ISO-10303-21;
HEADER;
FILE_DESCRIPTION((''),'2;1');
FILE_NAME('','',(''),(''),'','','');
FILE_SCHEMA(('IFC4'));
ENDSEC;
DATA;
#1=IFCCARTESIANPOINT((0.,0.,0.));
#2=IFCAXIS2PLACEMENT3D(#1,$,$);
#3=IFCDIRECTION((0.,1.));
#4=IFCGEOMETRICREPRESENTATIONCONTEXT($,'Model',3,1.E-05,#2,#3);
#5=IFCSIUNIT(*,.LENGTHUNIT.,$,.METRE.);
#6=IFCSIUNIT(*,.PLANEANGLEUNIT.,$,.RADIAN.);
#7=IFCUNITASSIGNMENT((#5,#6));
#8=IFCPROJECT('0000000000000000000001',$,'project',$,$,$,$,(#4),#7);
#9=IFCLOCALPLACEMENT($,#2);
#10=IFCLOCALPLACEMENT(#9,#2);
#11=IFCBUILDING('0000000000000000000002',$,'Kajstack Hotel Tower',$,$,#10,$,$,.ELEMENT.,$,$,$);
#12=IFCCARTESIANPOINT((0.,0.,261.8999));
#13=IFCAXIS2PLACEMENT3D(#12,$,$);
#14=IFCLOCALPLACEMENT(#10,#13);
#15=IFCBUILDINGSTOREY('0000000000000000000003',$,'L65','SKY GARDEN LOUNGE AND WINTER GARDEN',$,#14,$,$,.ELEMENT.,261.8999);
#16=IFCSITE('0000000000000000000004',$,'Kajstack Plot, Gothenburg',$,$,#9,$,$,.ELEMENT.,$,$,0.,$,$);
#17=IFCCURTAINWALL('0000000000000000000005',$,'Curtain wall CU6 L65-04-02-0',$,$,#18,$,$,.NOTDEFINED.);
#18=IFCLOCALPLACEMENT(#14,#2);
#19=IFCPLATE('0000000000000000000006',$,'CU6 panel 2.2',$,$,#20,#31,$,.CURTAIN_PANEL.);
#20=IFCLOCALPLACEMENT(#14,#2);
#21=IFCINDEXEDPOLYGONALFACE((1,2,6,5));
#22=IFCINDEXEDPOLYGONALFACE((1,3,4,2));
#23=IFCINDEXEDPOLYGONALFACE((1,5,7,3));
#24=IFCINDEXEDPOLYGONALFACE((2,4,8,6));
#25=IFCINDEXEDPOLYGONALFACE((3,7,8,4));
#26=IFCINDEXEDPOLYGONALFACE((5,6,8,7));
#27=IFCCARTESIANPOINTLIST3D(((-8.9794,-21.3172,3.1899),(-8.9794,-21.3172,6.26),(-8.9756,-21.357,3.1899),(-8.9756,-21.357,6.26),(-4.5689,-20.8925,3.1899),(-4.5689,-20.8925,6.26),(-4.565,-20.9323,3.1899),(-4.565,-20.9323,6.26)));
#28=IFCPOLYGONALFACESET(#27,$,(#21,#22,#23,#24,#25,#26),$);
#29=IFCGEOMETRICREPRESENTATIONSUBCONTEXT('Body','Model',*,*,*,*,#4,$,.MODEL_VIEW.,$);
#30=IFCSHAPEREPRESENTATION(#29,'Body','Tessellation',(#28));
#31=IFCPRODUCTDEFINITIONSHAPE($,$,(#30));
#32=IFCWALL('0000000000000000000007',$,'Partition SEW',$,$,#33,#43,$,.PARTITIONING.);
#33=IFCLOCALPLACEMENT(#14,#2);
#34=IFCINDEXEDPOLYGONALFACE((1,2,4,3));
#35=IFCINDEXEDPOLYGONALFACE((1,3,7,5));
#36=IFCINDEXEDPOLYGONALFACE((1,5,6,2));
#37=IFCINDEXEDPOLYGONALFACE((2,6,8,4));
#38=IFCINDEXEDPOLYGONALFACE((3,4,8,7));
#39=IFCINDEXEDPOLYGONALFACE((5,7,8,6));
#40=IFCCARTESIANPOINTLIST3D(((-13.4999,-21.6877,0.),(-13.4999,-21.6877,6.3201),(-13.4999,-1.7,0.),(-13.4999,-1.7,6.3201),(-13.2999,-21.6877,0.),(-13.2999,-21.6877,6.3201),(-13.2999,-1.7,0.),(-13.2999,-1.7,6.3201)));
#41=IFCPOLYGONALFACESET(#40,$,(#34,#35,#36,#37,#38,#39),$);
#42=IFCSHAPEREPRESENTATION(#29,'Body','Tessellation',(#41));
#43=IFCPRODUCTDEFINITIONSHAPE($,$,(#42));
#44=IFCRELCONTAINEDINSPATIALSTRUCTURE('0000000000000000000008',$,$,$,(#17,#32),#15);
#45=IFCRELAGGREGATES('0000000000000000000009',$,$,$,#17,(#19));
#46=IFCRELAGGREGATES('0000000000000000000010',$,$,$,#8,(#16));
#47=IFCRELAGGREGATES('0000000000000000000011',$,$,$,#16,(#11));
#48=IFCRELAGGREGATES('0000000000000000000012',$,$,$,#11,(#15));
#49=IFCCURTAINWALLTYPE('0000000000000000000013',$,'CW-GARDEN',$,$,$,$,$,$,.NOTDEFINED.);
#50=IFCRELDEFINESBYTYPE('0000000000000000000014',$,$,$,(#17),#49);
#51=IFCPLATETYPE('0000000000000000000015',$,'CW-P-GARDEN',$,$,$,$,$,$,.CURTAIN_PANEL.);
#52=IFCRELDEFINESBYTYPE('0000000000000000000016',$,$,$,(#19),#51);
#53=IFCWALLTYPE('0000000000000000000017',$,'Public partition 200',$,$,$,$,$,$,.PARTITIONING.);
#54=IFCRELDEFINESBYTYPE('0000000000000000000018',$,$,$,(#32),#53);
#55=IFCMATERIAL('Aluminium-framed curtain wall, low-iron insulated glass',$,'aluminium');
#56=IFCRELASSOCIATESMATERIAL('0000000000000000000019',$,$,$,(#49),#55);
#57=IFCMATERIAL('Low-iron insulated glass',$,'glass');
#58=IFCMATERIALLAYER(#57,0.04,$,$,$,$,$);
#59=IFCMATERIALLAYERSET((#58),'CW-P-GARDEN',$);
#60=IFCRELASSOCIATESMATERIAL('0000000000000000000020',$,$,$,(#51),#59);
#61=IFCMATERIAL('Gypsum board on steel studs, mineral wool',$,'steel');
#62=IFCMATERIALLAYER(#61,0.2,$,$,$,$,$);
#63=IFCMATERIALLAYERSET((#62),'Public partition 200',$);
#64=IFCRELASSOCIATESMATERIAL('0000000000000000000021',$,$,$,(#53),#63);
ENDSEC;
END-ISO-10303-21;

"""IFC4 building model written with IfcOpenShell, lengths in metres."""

from ifc_helpers import new_model, si_unit, direction, frame, frame_2d, origin, origin_2d, place, context, subcontext, project, spatial, rectangle, extrude, material, layer, layer_set, type_object, element, aggregate, save


model = new_model("IFC4")

# Units and contexts
model_context = context("Model", 3, precision=1e-05, world=origin(), true_north=direction((0.0, 1.0)))
body_context = subcontext(model_context, "Body", "Model", "MODEL_VIEW")
ifc_project = project(units=[si_unit("LENGTHUNIT", "METRE"), si_unit("PLANEANGLEUNIT", "RADIAN")], contexts=[model_context])

# Site, building, storey
site_placement = place(None, origin())
site = spatial("IfcSite", under=ifc_project, at=site_placement, Name="Kajstack Plot, Gothenburg", CompositionType="ELEMENT", RefElevation=0.0)
building_placement = place(site_placement, origin())
building = spatial("IfcBuilding", under=site, at=building_placement, Name="Kajstack Hotel Tower", CompositionType="ELEMENT")
storey_placement = place(building_placement, frame((0.0, 0.0, 261.8999)))
storey = spatial("IfcBuildingStorey", under=building, at=storey_placement, Name="L65", Description="SKY GARDEN LOUNGE AND WINTER GARDEN", CompositionType="ELEMENT", Elevation=261.8999)

# Curtain wall
ifc_material_1 = material(Name="Aluminium-framed curtain wall, low-iron insulated glass", Category="aluminium")
curtain_wall_type = type_object("IfcCurtainWallType", Name="CW-GARDEN", PredefinedType="NOTDEFINED", material=ifc_material_1)
curtain_wall_1_placement = place(storey_placement, origin())
curtain_wall_1 = element("IfcCurtainWall", 1, at=curtain_wall_1_placement, inside=storey, type_object=curtain_wall_type, Name="Curtain wall CU6 L65-04-02-0", PredefinedType="NOTDEFINED")

# Plate
ifc_material_2 = material(Name="Low-iron insulated glass", Category="glass")
ifc_layer_1 = layer(ifc_material_2, 0.04)
ifc_layer_set_1 = layer_set([ifc_layer_1], Name="CW-P-GARDEN")
plate_type = type_object("IfcPlateType", Name="CW-P-GARDEN", PredefinedType="CURTAIN_PANEL", material=ifc_layer_set_1)
plate_1_placement = place(storey_placement, frame((-6.7722, -21.1248, 3.1899), z_axis=(0.0, 0.0, 1.0), x_axis=(0.995396, 0.095846, 0.0)))
plate_1 = element("IfcPlate", 2, at=plate_1_placement, type_object=plate_type, Name="CU6 panel 2.2", PredefinedType="CURTAIN_PANEL", context=body_context, shape_type="SweptSolid", body=[
    extrude(rectangle(XDim=4.4309, YDim=0.04, at=origin_2d()), origin(), (0.0, 0.0, 1.0), 3.0701),
])
aggregate(curtain_wall_1, [plate_1])

# Wall
ifc_material_3 = material(Name="Gypsum board on steel studs, mineral wool", Category="steel")
ifc_layer_2 = layer(ifc_material_3, 0.2)
ifc_layer_set_2 = layer_set([ifc_layer_2], Name="Public partition 200")
wall_type = type_object("IfcWallType", Name="Public partition 200", PredefinedType="PARTITIONING", material=ifc_layer_set_2)
wall_placement = place(storey_placement, frame((-13.3999, -21.6877, 0.0), z_axis=(0.0, 0.0, 1.0), x_axis=(0.0, 1.0, 0.0)))
element("IfcWall", 3, at=wall_placement, inside=storey, type_object=wall_type, Name="Partition SEW", PredefinedType="PARTITIONING", context=body_context, shape_type="SweptSolid", body=[
    extrude(rectangle(XDim=19.9878, YDim=0.2, at=frame_2d((9.9939, 0.0))), origin(), (0.0, 0.0, 1.0), 6.3201),
])

save(model, "model.ifc")
